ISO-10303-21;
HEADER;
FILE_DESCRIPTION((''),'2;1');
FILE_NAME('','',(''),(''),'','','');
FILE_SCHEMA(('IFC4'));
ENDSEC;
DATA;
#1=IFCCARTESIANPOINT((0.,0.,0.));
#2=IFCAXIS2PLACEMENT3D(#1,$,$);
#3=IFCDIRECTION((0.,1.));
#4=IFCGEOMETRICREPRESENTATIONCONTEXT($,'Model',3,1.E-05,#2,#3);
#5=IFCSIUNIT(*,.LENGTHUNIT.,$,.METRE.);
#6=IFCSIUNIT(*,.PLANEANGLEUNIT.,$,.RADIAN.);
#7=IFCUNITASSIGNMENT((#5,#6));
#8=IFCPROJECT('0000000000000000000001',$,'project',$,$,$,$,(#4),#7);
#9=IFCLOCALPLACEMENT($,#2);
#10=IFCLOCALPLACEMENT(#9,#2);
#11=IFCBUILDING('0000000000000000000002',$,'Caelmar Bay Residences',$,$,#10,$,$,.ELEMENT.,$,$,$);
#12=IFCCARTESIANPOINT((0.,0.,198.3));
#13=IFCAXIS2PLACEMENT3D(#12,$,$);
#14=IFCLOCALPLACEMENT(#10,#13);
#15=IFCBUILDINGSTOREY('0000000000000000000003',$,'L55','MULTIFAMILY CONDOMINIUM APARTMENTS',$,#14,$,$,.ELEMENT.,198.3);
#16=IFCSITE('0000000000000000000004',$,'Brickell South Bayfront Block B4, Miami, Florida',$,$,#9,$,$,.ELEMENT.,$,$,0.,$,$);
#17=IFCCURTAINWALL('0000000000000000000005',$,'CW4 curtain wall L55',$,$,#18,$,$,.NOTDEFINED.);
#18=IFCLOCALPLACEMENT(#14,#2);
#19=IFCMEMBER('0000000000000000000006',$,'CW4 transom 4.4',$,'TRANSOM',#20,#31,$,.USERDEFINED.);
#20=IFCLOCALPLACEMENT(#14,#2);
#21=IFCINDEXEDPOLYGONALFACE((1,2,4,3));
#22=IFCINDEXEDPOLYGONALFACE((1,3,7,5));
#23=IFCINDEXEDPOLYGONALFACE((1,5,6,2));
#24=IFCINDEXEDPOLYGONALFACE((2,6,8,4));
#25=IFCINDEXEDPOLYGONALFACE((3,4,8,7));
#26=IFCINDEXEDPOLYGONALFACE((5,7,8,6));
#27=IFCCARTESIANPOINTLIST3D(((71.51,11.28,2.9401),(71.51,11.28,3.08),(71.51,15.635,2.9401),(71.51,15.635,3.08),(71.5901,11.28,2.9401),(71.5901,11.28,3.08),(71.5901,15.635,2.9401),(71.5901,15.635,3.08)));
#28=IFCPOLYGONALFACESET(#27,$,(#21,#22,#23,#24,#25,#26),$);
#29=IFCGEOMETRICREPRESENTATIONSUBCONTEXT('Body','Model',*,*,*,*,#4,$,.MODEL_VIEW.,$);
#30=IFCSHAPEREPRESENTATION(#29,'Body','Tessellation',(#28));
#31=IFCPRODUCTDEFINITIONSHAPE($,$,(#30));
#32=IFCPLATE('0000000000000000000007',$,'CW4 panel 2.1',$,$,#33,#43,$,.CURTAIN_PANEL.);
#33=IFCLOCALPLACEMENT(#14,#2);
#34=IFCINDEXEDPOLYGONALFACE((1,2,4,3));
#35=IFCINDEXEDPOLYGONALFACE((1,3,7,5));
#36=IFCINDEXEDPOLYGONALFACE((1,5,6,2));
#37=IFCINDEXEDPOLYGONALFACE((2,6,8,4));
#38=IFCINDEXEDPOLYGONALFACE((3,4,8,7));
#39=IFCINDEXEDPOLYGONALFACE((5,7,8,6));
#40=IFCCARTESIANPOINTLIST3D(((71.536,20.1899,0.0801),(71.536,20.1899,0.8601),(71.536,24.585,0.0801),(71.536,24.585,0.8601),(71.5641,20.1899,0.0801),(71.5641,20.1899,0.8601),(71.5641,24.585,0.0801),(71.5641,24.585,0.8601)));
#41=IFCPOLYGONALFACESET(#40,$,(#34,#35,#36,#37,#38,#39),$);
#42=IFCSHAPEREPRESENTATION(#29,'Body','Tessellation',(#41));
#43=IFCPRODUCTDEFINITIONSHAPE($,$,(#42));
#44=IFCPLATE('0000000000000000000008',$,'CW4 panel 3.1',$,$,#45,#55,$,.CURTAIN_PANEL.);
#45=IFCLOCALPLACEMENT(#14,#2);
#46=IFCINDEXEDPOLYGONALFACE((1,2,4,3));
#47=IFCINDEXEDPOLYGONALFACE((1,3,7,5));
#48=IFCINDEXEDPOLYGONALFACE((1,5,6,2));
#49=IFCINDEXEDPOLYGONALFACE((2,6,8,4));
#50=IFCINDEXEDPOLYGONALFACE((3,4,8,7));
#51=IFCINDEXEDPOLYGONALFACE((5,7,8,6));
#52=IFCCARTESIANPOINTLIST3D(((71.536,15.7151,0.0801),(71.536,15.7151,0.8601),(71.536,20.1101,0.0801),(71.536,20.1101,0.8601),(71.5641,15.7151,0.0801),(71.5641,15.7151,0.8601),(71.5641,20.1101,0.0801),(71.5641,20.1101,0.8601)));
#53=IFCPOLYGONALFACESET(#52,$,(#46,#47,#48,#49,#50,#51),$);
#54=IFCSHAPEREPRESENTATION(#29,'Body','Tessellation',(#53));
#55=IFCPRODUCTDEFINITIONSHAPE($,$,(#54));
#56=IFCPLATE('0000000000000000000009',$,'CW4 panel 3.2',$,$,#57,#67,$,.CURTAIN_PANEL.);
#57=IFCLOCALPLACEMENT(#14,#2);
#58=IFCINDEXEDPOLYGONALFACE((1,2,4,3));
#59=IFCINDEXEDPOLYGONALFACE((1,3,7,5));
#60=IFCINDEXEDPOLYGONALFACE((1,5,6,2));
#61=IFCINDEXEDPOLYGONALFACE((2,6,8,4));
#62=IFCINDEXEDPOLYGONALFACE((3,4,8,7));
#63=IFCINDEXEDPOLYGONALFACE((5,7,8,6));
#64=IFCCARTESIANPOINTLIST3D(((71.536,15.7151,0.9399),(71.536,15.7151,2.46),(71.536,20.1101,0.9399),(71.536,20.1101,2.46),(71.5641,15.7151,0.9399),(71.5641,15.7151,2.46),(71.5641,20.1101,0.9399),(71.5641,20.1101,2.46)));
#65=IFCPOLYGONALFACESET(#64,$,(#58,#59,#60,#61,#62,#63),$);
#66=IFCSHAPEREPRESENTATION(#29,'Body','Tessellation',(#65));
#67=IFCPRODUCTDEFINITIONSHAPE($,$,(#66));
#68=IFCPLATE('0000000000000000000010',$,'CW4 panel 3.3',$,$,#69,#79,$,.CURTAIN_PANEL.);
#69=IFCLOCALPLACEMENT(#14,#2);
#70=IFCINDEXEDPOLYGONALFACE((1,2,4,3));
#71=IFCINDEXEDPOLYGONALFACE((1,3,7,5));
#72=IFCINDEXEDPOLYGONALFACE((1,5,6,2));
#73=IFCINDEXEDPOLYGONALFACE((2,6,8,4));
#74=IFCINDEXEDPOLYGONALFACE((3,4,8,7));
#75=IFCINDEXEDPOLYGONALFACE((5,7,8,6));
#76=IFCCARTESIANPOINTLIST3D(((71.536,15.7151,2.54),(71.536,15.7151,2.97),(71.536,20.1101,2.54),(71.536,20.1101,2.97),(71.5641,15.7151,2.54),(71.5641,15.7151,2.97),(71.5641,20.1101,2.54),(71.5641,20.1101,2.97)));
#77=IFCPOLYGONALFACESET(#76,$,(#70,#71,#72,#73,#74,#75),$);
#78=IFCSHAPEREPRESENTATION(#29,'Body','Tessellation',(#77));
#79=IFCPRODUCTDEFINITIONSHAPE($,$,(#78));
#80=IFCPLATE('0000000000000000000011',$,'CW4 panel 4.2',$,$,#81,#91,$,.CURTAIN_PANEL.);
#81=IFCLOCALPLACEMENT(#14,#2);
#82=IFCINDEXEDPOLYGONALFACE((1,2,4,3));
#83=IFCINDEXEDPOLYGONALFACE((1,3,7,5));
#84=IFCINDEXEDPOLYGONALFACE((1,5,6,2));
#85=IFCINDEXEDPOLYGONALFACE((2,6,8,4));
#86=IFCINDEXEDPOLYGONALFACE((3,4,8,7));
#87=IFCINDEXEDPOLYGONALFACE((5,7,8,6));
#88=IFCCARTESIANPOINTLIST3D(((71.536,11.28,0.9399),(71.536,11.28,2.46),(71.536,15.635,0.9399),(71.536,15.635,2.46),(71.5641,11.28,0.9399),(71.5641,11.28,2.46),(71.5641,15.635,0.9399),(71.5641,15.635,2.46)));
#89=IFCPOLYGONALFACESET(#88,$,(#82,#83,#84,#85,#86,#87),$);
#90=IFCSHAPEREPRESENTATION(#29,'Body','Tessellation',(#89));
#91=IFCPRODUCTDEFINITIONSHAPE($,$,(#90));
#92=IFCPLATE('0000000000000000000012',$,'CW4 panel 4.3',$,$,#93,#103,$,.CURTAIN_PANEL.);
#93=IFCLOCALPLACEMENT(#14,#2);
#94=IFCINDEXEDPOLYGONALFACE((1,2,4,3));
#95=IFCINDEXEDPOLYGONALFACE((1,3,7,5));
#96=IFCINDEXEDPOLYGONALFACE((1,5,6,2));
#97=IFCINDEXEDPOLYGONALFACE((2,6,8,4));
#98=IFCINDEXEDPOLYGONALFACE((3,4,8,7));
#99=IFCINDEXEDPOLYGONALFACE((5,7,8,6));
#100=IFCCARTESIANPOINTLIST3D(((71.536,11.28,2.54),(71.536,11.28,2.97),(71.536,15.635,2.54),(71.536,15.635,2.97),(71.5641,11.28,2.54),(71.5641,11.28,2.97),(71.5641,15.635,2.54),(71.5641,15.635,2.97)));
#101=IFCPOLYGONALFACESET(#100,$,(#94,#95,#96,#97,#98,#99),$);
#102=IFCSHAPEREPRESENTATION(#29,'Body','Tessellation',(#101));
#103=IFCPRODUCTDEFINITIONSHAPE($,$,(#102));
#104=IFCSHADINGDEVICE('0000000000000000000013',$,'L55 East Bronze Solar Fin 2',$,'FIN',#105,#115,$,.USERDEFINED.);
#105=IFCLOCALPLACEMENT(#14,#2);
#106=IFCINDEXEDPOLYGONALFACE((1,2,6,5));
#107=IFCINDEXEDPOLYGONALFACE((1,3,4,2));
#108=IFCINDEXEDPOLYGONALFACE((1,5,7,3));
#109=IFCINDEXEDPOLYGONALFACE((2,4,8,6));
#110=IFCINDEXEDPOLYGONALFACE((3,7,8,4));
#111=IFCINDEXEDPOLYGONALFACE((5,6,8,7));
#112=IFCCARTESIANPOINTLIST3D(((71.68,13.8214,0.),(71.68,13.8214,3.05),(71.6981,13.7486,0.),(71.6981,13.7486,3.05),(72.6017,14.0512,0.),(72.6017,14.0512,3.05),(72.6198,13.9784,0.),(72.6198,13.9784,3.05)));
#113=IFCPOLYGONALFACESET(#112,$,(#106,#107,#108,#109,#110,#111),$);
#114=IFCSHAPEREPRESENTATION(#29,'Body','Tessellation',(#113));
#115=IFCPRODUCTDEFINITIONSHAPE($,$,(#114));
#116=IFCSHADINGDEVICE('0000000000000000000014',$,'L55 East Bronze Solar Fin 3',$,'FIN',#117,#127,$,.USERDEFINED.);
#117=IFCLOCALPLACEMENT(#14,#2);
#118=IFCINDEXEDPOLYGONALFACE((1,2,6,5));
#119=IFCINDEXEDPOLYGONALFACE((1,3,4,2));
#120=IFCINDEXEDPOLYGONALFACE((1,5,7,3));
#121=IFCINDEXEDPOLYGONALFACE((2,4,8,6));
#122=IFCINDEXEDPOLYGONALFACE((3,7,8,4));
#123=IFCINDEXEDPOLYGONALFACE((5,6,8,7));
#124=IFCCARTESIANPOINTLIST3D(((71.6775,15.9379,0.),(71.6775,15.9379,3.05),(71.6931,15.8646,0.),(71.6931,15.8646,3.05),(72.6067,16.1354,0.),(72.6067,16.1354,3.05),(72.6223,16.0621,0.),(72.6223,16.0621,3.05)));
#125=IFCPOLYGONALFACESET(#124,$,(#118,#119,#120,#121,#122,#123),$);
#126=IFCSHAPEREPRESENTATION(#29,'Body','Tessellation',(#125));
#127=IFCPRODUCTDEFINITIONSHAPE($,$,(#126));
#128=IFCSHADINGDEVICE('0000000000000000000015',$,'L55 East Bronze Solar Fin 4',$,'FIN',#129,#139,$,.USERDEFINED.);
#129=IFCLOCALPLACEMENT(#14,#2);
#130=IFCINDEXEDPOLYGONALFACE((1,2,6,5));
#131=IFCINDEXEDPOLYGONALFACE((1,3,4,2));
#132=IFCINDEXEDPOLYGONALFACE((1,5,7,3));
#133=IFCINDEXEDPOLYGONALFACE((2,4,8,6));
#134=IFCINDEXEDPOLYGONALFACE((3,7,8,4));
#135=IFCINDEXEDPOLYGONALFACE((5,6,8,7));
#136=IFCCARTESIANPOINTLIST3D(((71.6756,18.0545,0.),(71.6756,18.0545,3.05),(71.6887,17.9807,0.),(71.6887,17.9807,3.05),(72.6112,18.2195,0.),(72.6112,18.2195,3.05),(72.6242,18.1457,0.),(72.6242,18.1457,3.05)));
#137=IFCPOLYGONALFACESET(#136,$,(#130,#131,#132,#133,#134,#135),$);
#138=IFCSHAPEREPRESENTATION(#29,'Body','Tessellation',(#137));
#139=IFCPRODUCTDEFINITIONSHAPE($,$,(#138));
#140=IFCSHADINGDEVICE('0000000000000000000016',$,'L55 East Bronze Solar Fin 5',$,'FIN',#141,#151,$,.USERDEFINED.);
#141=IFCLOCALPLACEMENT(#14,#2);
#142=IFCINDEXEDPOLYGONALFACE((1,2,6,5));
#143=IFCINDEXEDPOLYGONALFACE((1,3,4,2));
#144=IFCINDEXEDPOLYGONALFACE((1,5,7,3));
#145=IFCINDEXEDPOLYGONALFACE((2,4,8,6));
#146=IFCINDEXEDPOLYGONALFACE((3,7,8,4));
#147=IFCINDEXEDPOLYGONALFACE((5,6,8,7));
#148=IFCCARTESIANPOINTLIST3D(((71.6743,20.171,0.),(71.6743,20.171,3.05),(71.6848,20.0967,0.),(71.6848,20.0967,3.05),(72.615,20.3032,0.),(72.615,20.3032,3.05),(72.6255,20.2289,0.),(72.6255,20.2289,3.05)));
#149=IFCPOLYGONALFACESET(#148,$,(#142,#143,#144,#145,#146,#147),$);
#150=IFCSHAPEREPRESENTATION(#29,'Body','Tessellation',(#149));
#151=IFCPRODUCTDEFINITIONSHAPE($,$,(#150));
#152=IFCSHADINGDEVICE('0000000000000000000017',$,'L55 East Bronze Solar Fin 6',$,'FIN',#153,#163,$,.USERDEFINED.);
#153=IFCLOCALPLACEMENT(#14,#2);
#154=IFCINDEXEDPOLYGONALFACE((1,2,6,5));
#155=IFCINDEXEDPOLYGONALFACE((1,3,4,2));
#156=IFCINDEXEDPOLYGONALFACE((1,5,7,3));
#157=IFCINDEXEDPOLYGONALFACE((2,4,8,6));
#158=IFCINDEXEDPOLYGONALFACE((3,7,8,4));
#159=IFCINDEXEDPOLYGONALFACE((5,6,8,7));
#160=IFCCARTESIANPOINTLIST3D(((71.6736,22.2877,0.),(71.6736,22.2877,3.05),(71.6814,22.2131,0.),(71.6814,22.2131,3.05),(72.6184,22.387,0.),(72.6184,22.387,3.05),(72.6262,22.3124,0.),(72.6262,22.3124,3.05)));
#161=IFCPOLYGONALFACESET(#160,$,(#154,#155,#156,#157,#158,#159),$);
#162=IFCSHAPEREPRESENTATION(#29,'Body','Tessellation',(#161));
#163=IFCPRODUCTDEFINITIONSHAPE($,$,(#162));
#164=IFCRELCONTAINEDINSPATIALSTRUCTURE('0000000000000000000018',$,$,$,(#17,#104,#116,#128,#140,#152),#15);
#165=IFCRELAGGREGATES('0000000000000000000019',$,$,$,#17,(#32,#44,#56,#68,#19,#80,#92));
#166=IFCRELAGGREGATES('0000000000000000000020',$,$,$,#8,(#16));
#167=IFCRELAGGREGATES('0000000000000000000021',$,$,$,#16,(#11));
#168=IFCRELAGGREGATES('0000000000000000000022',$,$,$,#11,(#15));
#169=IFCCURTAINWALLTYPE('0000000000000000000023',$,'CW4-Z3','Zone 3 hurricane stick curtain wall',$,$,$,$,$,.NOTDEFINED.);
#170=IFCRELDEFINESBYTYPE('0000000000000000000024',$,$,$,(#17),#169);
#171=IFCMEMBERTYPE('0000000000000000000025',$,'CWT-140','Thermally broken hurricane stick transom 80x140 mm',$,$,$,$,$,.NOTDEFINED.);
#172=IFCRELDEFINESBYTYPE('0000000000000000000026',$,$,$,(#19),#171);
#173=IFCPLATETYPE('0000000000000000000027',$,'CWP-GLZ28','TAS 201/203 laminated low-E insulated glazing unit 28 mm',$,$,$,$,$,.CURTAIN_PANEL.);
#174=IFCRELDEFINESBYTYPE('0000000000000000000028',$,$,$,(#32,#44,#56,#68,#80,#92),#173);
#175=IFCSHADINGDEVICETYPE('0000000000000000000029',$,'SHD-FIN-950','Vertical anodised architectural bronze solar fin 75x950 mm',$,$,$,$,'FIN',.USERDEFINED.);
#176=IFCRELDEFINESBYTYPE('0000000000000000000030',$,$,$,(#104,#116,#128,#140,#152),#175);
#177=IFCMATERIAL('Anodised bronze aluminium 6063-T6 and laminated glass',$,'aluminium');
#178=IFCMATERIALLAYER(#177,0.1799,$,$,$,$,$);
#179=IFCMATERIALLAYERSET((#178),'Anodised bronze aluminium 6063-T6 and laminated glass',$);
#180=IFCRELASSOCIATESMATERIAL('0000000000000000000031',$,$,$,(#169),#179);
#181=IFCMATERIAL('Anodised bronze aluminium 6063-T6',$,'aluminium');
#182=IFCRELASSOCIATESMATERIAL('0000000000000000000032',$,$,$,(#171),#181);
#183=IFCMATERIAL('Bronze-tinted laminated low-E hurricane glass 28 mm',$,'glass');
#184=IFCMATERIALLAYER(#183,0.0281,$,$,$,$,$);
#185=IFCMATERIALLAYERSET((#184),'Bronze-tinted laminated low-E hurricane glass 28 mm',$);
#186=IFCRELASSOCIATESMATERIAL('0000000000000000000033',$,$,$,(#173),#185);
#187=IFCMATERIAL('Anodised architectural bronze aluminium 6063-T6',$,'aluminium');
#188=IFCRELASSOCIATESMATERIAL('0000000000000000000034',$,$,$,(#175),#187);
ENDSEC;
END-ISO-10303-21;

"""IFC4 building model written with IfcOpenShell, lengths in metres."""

from ifc_helpers import new_model, si_unit, direction, frame, origin, origin_2d, place, context, subcontext, project, spatial, rectangle, extrude, material, layer, layer_set, material_profile, profile_set, type_object, element, aggregate, save


model = new_model("IFC4")

# Units and contexts
model_context = context("Model", 3, precision=1e-05, world=origin(), true_north=direction((0.0, 1.0)))
body_context = subcontext(model_context, "Body", "Model", "MODEL_VIEW")
ifc_project = project(units=[si_unit("LENGTHUNIT", "METRE"), si_unit("PLANEANGLEUNIT", "RADIAN")], contexts=[model_context])

# Site, building, storey
site_placement = place(None, origin())
site = spatial("IfcSite", under=ifc_project, at=site_placement, Name="Brickell South Bayfront Block B4, Miami, Florida", CompositionType="ELEMENT", RefElevation=0.0)
building_placement = place(site_placement, origin())
building = spatial("IfcBuilding", under=site, at=building_placement, Name="Caelmar Bay Residences", CompositionType="ELEMENT")
storey_placement = place(building_placement, frame((0.0, 0.0, 198.3)))
storey = spatial("IfcBuildingStorey", under=building, at=storey_placement, Name="L55", Description="MULTIFAMILY CONDOMINIUM APARTMENTS", CompositionType="ELEMENT", Elevation=198.3)

# Curtain wall, member, plates
ifc_material_1 = material(Name="Anodised bronze aluminium 6063-T6 and laminated glass", Category="aluminium")
ifc_layer_1 = layer(ifc_material_1, 0.1799)
ifc_layer_set_1 = layer_set([ifc_layer_1], Name="Anodised bronze aluminium 6063-T6 and laminated glass")
curtain_wall_type = type_object("IfcCurtainWallType", Name="CW4-Z3", Description="Zone 3 hurricane stick curtain wall", PredefinedType="NOTDEFINED", material=ifc_layer_set_1)
curtain_wall_placement = place(storey_placement, origin())
curtain_wall = element("IfcCurtainWall", 1, at=curtain_wall_placement, inside=storey, type_object=curtain_wall_type, Name="CW4 curtain wall L55", PredefinedType="NOTDEFINED")
ifc_material_2 = material(Name="Anodised bronze aluminium 6063-T6", Category="aluminium")
ifc_material_profile_1 = material_profile(ifc_material_2, rectangle(XDim=0.0801, YDim=0.1399, at=origin_2d()), Name="CWT-80X140")
ifc_profile_set_1 = profile_set([ifc_material_profile_1], Name="Anodised bronze aluminium 6063-T6")
member_type_1 = type_object("IfcMemberType", Name="CWT-140", Description="Thermally broken hurricane stick transom 80x140 mm", PredefinedType="NOTDEFINED", material=ifc_profile_set_1)
member_1_placement = place(storey_placement, frame((71.55, 15.635, 3.01), z_axis=(0.0, -1.0, 0.0), x_axis=(1.0, 0.0, 0.0)))
member_1 = element("IfcMember", 2, at=member_1_placement, type_object=member_type_1, Name="CW4 transom 4.4", ObjectType="TRANSOM", PredefinedType="USERDEFINED", context=body_context, shape_type="SweptSolid", body=[
    extrude(rectangle(XDim=0.0801, YDim=0.1399, at=origin_2d()), origin(), (0.0, 0.0, 1.0), 4.355),
])
ifc_material_3 = material(Name="Bronze-tinted laminated low-E hurricane glass 28 mm", Category="glass")
ifc_layer_2 = layer(ifc_material_3, 0.0281)
ifc_layer_set_2 = layer_set([ifc_layer_2], Name="Bronze-tinted laminated low-E hurricane glass 28 mm")
plate_type = type_object("IfcPlateType", Name="CWP-GLZ28", Description="TAS 201/203 laminated low-E insulated glazing unit 28 mm", PredefinedType="CURTAIN_PANEL", material=ifc_layer_set_2)
plate_1_placement = place(storey_placement, frame((71.55, 22.3875, 0.0801), z_axis=(0.0, 0.0, 1.0), x_axis=(0.0, -1.0, 0.0)))
plate_1 = element("IfcPlate", 3, at=plate_1_placement, type_object=plate_type, Name="CW4 panel 2.1", PredefinedType="CURTAIN_PANEL", context=body_context, shape_type="SweptSolid", body=[
    extrude(rectangle(XDim=4.395, YDim=0.0281, at=origin_2d()), origin(), (0.0, 0.0, 1.0), 0.78),
])
plate_2_placement = place(storey_placement, frame((71.55, 17.9126, 0.0801), z_axis=(0.0, 0.0, 1.0), x_axis=(0.0, -1.0, 0.0)))
plate_2 = element("IfcPlate", 4, at=plate_2_placement, type_object=plate_type, Name="CW4 panel 3.1", PredefinedType="CURTAIN_PANEL", context=body_context, shape_type="SweptSolid", body=[
    extrude(rectangle(XDim=4.395, YDim=0.0281, at=origin_2d()), origin(), (0.0, 0.0, 1.0), 0.78),
])
plate_3_placement = place(storey_placement, frame((71.55, 17.9126, 0.9399), z_axis=(0.0, 0.0, 1.0), x_axis=(0.0, -1.0, 0.0)))
plate_3 = element("IfcPlate", 5, at=plate_3_placement, type_object=plate_type, Name="CW4 panel 3.2", PredefinedType="CURTAIN_PANEL", context=body_context, shape_type="SweptSolid", body=[
    extrude(rectangle(XDim=4.395, YDim=0.0281, at=origin_2d()), origin(), (0.0, 0.0, 1.0), 1.52),
])
plate_4_placement = place(storey_placement, frame((71.55, 17.9126, 2.54), z_axis=(0.0, 0.0, 1.0), x_axis=(0.0, -1.0, 0.0)))
plate_4 = element("IfcPlate", 6, at=plate_4_placement, type_object=plate_type, Name="CW4 panel 3.3", PredefinedType="CURTAIN_PANEL", context=body_context, shape_type="SweptSolid", body=[
    extrude(rectangle(XDim=4.395, YDim=0.0281, at=origin_2d()), origin(), (0.0, 0.0, 1.0), 0.4299),
])
plate_5_placement = place(storey_placement, frame((71.55, 13.4575, 0.9399), z_axis=(0.0, 0.0, 1.0), x_axis=(0.0, -1.0, 0.0)))
plate_5 = element("IfcPlate", 7, at=plate_5_placement, type_object=plate_type, Name="CW4 panel 4.2", PredefinedType="CURTAIN_PANEL", context=body_context, shape_type="SweptSolid", body=[
    extrude(rectangle(XDim=4.355, YDim=0.0281, at=origin_2d()), origin(), (0.0, 0.0, 1.0), 1.52),
])
plate_6_placement = place(storey_placement, frame((71.55, 13.4575, 2.54), z_axis=(0.0, 0.0, 1.0), x_axis=(0.0, -1.0, 0.0)))
plate_6 = element("IfcPlate", 8, at=plate_6_placement, type_object=plate_type, Name="CW4 panel 4.3", PredefinedType="CURTAIN_PANEL", context=body_context, shape_type="SweptSolid", body=[
    extrude(rectangle(XDim=4.355, YDim=0.0281, at=origin_2d()), origin(), (0.0, 0.0, 1.0), 0.4299),
])
aggregate(curtain_wall, [plate_1, plate_2, plate_3, plate_4, member_1, plate_5, plate_6])

# Shading devices
ifc_material_4 = material(Name="Anodised architectural bronze aluminium 6063-T6", Category="aluminium")
ifc_material_profile_2 = material_profile(ifc_material_4, rectangle(XDim=0.075, YDim=0.95, at=origin_2d()), Name="BRONZE-FIN-75X950")
ifc_profile_set_2 = profile_set([ifc_material_profile_2], Name="Anodised architectural bronze aluminium 6063-T6")
shading_device_type = type_object("IfcShadingDeviceType", Name="SHD-FIN-950", Description="Vertical anodised architectural bronze solar fin 75x950 mm", ElementType="FIN", PredefinedType="USERDEFINED", material=ifc_profile_set_2)
for number, where, z_axis, x_axis, name in (
    (9, (72.1499, 13.8999, 0.0), (0.0, 0.0, 1.0), (-0.241922, 0.970296, 0.0), "L55 East Bronze Solar Fin 2"),
    (10, (72.1499, 16.0, 0.0), (0.0, 0.0, 1.0), (-0.207912, 0.978148, 0.0), "L55 East Bronze Solar Fin 3"),
    (11, (72.1499, 18.1001, 0.0), (0.0, 0.0, 1.0), (-0.173648, 0.984808, 0.0), "L55 East Bronze Solar Fin 4"),
    (12, (72.1499, 20.2, 0.0), (0.0, 0.0, 1.0), (-0.139173, 0.990268, 0.0), "L55 East Bronze Solar Fin 5"),
    (13, (72.1499, 22.3, 0.0), (0.0, 0.0, 1.0), (-0.104528, 0.994522, 0.0), "L55 East Bronze Solar Fin 6"),
):
    element("IfcShadingDevice", number, at=place(storey_placement, frame(where, z_axis=z_axis, x_axis=x_axis)), inside=storey, type_object=shading_device_type, Name=name, ObjectType="FIN", PredefinedType="USERDEFINED", context=body_context, shape_type="SweptSolid", body=[
        extrude(rectangle(XDim=0.075, YDim=0.95, at=origin_2d()), origin(), (0.0, 0.0, 1.0), 3.05),
    ])

save(model, "model.ifc")
